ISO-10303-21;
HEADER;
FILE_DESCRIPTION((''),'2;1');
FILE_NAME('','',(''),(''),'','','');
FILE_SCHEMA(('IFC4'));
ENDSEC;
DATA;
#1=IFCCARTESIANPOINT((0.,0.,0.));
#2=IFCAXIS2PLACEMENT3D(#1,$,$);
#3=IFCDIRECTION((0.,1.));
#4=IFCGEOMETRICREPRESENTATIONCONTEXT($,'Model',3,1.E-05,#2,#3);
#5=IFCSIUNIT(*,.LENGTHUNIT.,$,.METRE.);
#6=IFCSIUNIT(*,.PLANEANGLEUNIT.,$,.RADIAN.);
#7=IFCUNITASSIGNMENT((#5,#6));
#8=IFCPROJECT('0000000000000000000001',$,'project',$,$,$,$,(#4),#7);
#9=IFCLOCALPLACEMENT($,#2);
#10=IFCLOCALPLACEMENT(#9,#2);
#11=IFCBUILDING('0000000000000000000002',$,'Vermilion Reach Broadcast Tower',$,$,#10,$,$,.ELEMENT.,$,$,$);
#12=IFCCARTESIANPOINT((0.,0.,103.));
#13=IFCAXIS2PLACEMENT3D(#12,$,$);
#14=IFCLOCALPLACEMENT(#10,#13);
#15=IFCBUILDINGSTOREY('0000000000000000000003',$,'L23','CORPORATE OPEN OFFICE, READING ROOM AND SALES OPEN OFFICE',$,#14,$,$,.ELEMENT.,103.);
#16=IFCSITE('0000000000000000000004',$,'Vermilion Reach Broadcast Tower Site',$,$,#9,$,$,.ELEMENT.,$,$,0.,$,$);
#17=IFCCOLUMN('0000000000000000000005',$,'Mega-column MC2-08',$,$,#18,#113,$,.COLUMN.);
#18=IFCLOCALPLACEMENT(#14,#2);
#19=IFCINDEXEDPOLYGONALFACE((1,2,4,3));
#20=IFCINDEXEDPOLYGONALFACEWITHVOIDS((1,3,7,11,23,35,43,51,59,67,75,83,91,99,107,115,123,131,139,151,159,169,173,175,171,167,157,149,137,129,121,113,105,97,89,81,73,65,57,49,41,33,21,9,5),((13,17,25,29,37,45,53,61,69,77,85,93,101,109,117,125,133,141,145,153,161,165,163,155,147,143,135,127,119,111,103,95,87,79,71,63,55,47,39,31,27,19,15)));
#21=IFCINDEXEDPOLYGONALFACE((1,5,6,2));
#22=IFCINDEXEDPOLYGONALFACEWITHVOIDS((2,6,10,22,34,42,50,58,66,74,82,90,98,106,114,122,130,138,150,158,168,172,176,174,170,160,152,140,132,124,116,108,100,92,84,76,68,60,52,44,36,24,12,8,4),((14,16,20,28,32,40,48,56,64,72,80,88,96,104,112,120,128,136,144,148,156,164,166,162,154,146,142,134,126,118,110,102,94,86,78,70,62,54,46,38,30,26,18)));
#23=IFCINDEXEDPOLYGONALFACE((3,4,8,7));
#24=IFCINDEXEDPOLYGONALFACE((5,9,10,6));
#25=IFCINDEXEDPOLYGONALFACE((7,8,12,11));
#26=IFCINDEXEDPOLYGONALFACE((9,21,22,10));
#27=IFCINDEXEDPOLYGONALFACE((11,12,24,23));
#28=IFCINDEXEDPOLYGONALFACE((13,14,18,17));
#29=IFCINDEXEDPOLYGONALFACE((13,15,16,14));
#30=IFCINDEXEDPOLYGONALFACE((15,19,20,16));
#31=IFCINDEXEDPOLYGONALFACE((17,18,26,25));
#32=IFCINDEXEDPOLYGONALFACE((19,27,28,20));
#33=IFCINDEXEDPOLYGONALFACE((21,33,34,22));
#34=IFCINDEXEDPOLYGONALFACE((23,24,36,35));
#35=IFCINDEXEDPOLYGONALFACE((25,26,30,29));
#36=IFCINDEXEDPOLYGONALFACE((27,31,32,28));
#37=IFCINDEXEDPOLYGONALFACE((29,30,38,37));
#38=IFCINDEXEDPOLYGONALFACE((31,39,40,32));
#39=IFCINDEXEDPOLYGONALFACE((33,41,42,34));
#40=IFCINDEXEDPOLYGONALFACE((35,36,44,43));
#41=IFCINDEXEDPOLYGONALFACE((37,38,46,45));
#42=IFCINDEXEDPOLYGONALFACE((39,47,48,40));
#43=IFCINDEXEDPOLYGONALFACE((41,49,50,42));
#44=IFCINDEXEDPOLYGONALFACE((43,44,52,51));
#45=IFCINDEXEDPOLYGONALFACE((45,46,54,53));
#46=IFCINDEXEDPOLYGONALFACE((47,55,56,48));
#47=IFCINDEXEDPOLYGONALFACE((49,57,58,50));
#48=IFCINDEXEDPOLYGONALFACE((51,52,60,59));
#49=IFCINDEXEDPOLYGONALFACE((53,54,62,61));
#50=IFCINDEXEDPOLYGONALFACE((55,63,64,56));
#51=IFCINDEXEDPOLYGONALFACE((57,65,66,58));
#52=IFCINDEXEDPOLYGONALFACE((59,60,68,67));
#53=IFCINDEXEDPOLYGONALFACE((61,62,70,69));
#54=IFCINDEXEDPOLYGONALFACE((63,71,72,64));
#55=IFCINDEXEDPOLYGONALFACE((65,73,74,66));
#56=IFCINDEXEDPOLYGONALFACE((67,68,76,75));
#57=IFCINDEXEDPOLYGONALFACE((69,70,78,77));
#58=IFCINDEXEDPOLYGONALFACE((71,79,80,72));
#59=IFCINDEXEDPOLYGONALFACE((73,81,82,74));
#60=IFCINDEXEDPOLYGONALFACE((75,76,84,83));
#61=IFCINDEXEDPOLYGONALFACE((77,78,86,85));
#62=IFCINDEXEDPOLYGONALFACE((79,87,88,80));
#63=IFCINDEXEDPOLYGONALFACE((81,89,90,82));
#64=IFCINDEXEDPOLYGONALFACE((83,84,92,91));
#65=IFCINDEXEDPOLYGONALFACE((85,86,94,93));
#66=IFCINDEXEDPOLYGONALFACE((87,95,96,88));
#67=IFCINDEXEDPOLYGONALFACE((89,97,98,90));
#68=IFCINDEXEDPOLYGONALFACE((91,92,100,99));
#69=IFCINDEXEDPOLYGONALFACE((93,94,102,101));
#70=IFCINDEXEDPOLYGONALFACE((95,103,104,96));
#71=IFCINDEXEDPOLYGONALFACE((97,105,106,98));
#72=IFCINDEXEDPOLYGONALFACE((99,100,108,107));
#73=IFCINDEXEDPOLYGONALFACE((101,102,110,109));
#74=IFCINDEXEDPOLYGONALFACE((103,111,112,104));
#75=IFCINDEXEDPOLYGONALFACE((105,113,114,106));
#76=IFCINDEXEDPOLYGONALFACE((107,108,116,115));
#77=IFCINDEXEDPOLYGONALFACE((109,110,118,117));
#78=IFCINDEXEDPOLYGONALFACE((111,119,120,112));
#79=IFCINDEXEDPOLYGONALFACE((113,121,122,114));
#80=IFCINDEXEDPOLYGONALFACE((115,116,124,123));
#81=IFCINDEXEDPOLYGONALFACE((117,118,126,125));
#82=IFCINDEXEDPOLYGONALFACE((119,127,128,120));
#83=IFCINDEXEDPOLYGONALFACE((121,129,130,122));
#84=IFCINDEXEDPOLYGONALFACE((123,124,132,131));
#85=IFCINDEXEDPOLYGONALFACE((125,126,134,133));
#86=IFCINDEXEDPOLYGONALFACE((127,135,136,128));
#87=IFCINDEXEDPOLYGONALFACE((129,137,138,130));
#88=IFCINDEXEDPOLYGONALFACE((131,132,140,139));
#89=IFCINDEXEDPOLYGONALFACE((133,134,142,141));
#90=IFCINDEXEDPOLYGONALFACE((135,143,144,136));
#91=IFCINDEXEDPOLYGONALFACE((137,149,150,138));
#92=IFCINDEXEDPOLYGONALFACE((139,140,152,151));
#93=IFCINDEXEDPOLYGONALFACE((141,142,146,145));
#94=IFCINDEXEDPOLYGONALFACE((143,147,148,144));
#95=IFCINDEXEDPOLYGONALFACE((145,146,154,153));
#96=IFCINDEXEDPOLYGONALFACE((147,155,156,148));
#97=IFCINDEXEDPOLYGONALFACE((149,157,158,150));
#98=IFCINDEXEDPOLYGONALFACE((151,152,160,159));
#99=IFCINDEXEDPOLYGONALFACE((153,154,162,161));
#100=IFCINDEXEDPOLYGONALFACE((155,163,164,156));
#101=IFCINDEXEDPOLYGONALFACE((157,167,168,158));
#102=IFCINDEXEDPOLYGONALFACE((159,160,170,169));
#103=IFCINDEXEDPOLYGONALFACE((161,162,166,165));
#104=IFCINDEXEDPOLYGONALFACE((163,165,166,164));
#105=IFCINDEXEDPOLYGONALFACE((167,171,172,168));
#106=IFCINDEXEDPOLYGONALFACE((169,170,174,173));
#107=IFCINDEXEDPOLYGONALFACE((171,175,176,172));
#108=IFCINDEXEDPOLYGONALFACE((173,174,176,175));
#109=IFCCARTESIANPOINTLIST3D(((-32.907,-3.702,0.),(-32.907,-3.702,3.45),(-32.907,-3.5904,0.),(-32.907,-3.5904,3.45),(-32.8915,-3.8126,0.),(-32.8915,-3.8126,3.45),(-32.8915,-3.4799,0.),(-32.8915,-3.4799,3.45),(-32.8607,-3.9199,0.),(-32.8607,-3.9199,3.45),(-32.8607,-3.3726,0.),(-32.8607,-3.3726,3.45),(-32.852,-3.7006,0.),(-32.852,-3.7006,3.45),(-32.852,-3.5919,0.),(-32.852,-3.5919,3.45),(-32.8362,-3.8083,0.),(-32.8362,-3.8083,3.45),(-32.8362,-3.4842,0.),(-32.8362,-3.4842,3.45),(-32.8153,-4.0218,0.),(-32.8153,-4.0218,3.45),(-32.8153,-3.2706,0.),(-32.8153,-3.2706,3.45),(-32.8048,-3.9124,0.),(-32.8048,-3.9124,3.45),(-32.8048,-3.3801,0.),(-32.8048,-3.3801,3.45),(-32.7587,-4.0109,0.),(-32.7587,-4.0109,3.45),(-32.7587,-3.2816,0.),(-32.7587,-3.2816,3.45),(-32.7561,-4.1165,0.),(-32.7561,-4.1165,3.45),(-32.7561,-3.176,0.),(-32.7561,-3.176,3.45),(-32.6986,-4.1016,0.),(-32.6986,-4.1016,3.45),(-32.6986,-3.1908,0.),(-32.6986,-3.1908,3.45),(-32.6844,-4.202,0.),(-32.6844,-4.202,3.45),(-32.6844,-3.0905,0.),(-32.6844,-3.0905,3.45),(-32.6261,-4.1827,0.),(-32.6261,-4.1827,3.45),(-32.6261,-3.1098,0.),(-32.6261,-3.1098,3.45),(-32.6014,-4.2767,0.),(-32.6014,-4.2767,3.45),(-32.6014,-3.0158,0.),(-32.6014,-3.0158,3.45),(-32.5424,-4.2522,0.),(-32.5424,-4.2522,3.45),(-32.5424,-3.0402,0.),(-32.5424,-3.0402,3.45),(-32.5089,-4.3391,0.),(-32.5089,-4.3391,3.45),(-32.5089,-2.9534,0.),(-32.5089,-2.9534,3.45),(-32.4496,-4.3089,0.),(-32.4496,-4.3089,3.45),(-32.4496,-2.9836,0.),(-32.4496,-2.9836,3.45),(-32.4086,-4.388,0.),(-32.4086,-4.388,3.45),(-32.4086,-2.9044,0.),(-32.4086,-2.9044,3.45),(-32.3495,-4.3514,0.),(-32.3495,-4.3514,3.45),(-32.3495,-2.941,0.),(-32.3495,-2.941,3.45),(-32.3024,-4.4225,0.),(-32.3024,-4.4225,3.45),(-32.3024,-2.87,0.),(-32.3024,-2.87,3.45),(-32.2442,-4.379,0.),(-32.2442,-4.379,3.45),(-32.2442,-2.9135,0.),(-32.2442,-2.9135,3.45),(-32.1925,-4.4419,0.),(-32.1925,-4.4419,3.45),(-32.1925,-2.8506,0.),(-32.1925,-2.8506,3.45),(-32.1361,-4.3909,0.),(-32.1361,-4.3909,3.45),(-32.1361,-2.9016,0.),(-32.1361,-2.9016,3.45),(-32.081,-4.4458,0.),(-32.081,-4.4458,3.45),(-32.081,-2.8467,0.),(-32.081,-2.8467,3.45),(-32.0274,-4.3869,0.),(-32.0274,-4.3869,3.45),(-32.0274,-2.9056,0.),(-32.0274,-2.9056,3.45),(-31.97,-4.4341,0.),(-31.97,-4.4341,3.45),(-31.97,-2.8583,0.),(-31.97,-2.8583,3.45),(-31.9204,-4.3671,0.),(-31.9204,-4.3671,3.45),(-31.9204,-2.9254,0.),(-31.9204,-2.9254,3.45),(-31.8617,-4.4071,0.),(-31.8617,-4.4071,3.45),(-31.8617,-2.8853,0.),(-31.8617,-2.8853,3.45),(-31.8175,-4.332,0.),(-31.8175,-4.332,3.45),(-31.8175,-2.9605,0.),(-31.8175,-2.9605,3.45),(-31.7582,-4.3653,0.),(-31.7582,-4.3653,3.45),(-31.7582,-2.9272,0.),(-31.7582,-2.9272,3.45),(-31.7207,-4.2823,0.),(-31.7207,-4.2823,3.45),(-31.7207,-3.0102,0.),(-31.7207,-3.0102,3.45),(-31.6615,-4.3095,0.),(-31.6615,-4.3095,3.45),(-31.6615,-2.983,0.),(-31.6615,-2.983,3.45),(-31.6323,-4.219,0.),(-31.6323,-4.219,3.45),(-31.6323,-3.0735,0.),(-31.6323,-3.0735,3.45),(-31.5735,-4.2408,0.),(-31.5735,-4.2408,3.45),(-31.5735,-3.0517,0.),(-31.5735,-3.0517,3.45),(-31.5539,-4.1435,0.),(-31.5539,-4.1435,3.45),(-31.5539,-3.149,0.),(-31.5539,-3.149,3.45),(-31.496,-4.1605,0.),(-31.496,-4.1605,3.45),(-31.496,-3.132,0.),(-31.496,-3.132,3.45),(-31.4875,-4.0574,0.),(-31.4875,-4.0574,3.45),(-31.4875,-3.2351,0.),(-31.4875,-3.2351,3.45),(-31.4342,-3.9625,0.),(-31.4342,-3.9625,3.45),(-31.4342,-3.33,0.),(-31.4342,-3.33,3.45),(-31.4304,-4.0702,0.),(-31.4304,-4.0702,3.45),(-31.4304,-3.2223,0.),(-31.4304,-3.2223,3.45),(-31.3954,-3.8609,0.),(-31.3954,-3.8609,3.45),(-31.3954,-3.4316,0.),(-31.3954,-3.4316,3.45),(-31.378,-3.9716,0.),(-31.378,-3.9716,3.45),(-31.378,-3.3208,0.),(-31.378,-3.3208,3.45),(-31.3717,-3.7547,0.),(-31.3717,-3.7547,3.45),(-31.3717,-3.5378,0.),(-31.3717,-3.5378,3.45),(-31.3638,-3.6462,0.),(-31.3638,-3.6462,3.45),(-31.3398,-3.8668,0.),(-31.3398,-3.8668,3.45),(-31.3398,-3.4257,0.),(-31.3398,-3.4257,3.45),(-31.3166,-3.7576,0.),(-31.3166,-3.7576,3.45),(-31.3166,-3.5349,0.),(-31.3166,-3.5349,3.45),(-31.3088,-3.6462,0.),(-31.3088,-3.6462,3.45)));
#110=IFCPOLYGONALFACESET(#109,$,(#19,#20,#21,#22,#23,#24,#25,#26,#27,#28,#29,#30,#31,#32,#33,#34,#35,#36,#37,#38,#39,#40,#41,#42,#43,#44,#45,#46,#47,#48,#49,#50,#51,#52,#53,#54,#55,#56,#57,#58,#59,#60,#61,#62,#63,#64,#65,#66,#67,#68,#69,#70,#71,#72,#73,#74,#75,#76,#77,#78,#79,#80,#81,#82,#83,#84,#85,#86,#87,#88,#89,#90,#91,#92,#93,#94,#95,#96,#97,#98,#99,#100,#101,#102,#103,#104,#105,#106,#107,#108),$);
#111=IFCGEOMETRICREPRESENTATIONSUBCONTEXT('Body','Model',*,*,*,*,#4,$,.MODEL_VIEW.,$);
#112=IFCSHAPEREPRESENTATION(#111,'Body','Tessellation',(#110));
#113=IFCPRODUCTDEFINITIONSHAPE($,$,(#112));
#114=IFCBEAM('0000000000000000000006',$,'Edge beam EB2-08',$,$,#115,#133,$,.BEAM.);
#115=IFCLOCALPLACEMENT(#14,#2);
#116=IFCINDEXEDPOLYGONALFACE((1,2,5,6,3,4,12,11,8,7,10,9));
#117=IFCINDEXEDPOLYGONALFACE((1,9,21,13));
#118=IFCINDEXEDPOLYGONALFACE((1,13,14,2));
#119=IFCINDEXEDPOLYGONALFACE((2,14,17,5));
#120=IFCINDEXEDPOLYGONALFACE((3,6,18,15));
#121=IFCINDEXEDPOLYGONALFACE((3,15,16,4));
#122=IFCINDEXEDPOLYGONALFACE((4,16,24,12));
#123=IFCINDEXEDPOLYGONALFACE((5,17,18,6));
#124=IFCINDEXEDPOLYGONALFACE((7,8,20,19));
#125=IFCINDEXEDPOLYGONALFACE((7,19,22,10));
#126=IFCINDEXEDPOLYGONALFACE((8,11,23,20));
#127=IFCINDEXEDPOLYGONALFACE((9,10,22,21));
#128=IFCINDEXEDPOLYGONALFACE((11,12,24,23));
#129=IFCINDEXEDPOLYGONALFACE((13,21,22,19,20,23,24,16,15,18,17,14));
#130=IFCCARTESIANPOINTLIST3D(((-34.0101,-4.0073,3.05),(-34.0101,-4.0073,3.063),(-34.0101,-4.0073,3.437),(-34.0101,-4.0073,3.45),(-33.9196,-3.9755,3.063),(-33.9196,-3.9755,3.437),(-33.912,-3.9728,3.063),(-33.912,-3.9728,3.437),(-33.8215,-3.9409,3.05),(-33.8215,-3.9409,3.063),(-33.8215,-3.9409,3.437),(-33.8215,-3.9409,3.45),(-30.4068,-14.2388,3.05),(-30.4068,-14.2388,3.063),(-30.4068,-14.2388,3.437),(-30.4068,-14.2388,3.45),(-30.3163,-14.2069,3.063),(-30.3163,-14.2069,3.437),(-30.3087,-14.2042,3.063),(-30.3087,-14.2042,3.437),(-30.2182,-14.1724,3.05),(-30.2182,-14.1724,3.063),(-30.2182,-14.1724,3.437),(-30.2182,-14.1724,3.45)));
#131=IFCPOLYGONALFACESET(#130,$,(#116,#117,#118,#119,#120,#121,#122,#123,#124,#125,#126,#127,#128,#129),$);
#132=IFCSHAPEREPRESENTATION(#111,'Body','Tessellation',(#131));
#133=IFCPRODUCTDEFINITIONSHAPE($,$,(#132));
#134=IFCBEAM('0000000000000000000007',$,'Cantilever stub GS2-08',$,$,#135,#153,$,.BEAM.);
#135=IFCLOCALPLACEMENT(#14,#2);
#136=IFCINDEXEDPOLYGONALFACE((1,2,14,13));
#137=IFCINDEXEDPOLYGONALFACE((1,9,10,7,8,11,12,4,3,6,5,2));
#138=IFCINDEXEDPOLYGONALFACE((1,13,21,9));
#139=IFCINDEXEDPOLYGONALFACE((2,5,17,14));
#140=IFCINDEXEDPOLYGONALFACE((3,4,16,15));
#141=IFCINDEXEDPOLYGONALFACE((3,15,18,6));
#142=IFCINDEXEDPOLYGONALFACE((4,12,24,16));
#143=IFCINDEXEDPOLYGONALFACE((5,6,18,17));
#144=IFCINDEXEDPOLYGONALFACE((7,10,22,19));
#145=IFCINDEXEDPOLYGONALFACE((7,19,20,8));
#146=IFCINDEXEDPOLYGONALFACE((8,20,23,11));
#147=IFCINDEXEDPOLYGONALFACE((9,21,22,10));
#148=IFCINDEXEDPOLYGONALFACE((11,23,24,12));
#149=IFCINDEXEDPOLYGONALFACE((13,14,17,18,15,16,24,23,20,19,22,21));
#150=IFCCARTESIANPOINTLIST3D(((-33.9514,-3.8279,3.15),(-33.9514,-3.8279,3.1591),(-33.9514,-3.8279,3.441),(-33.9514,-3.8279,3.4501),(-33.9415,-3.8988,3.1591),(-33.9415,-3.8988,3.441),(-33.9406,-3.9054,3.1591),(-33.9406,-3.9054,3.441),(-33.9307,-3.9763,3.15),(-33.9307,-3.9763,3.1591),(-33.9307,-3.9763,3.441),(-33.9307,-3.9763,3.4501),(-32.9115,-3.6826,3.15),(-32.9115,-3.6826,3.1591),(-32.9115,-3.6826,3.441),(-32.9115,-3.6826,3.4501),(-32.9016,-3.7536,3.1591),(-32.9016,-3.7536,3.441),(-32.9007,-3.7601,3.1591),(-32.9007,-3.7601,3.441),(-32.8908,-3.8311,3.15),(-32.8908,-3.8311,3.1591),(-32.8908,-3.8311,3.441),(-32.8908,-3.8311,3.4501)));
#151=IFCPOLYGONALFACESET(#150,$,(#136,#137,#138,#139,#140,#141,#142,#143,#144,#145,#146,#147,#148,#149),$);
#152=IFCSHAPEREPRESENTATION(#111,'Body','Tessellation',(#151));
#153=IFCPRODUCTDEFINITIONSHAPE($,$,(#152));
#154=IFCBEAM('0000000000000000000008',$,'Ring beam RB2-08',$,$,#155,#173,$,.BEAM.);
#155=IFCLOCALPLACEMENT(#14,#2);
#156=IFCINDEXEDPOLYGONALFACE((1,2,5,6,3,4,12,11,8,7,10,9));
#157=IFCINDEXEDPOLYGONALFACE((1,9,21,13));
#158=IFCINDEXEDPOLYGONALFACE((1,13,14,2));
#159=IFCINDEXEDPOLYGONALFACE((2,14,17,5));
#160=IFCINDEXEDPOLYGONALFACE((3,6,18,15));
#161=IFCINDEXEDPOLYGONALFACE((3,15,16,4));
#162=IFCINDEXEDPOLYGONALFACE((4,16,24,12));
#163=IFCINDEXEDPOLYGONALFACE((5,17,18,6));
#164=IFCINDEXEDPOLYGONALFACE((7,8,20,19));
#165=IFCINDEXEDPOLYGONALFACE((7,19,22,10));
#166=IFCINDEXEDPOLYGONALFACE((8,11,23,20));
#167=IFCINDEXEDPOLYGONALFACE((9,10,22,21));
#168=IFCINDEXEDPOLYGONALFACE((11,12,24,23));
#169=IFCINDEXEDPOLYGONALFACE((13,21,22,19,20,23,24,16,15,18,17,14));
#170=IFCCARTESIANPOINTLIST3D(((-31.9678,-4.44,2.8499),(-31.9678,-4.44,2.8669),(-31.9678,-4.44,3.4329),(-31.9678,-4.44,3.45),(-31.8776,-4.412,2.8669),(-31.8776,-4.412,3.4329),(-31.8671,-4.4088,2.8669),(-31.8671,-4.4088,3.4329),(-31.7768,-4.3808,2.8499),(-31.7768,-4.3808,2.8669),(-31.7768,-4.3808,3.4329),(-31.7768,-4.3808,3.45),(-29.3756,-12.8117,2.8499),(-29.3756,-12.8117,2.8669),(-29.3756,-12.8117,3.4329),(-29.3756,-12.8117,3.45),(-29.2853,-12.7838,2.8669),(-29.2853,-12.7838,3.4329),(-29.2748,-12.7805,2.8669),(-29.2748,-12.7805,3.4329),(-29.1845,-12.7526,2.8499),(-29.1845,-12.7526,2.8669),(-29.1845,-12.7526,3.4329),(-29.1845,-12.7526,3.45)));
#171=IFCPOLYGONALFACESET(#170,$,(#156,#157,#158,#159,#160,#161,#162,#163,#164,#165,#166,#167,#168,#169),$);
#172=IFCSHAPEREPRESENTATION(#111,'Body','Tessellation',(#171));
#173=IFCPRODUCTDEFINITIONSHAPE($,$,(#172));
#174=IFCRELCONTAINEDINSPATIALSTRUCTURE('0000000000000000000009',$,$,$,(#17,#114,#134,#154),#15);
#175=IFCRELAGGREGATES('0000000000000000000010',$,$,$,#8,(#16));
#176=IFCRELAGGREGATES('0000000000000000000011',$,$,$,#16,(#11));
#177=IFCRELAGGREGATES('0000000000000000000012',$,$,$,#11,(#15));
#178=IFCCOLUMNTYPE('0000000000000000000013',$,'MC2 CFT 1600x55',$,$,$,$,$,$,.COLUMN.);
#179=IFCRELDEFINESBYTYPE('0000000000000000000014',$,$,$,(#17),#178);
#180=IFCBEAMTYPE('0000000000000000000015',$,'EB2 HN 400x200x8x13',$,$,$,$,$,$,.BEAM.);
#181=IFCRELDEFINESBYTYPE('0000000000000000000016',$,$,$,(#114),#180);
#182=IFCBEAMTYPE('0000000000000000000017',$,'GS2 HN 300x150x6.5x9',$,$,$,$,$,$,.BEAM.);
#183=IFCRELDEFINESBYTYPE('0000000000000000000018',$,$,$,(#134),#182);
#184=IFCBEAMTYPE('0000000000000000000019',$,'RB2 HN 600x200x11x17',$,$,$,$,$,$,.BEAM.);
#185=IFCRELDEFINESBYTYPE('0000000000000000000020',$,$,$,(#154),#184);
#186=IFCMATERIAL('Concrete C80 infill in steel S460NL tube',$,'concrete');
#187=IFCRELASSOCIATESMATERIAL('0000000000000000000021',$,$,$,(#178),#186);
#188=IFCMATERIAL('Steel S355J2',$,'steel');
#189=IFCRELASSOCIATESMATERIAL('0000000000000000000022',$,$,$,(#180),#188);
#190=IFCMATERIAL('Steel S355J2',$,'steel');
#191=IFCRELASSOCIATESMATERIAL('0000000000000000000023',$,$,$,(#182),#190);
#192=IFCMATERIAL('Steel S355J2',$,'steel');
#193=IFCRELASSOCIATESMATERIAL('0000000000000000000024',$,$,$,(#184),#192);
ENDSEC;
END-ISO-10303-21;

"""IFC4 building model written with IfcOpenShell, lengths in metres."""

from ifc_helpers import new_model, si_unit, direction, frame, origin, origin_2d, place, context, subcontext, project, spatial, hollow_circle, i_section, extrude, material, material_profile, profile_set, type_object, element, save


model = new_model("IFC4")

# Units and contexts
model_context = context("Model", 3, precision=1e-05, world=origin(), true_north=direction((0.0, 1.0)))
body_context = subcontext(model_context, "Body", "Model", "MODEL_VIEW")
ifc_project = project(units=[si_unit("LENGTHUNIT", "METRE"), si_unit("PLANEANGLEUNIT", "RADIAN")], contexts=[model_context])

# Site, building, storey
site_placement = place(None, origin())
site = spatial("IfcSite", under=ifc_project, at=site_placement, Name="Vermilion Reach Broadcast Tower Site", CompositionType="ELEMENT", RefElevation=0.0)
building_placement = place(site_placement, origin())
building = spatial("IfcBuilding", under=site, at=building_placement, Name="Vermilion Reach Broadcast Tower", CompositionType="ELEMENT")
storey_placement = place(building_placement, frame((0.0, 0.0, 103.0)))
storey = spatial("IfcBuildingStorey", under=building, at=storey_placement, Name="L23", Description="CORPORATE OPEN OFFICE, READING ROOM AND SALES OPEN OFFICE", CompositionType="ELEMENT", Elevation=103.0)

# Column
ifc_material_1 = material(Name="Concrete C80 infill in steel S460NL tube", Category="concrete")
ifc_material_profile_1 = material_profile(ifc_material_1, hollow_circle(Radius=0.8, WallThickness=0.0549, at=origin_2d()), Name="Concrete C80 infill in steel S460NL tube CFT 1600x55")
ifc_profile_set_1 = profile_set([ifc_material_profile_1], Name="Concrete C80 infill in steel S460NL tube")
column_type = type_object("IfcColumnType", Name="MC2 CFT 1600x55", PredefinedType="COLUMN", material=ifc_profile_set_1)
column_placement = place(storey_placement, frame((-32.1089, -3.6462, 0.0), z_axis=(0.0, 0.0, 1.0), x_axis=(1.0, 0.0, 0.0)))
element("IfcColumn", 1, at=column_placement, inside=storey, type_object=column_type, Name="Mega-column MC2-08", PredefinedType="COLUMN", context=body_context, shape_type="SweptSolid", body=[
    extrude(hollow_circle(Radius=0.8, WallThickness=0.0549, at=origin_2d()), origin(), (0.0, 0.0, 1.0), 3.45),
])

# Beams
ifc_material_2 = material(Name="Steel S355J2", Category="steel")
ifc_material_profile_2 = material_profile(ifc_material_2, i_section(OverallWidth=0.2, OverallDepth=0.3999, WebThickness=0.0081, FlangeThickness=0.0129, at=origin_2d()), Name="S355J2 HN 400x200x8x13")
ifc_profile_set_2 = profile_set([ifc_material_profile_2], Name="Steel S355J2")
beam_type_1 = type_object("IfcBeamType", Name="EB2 HN 400x200x8x13", PredefinedType="BEAM", material=ifc_profile_set_2)
beam_1_placement = place(storey_placement, frame((-33.9158, -3.9741, 3.25), z_axis=(0.332178, -0.943217, 0.0), x_axis=(0.943217, 0.332178, 0.0)))
element("IfcBeam", 2, at=beam_1_placement, inside=storey, type_object=beam_type_1, Name="Edge beam EB2-08", PredefinedType="BEAM", context=body_context, shape_type="SweptSolid", body=[
    extrude(i_section(OverallWidth=0.2, OverallDepth=0.3999, WebThickness=0.0081, FlangeThickness=0.0129, at=origin_2d()), origin(), (0.0, 0.0, 1.0), 10.8474),
])
ifc_material_3 = material(Name="Steel S355J2", Category="steel")
ifc_material_profile_3 = material_profile(ifc_material_3, i_section(OverallWidth=0.1499, OverallDepth=0.3, WebThickness=0.0066, FlangeThickness=0.009, at=origin_2d()), Name="S355J2 HN 300x150x6.5x9")
ifc_profile_set_3 = profile_set([ifc_material_profile_3], Name="Steel S355J2")
beam_type_2 = type_object("IfcBeamType", Name="GS2 HN 300x150x6.5x9", PredefinedType="BEAM", material=ifc_profile_set_3)
beam_2_placement = place(storey_placement, frame((-32.9011, -3.7568, 3.3), z_axis=(-0.990386, -0.138329, 0.0), x_axis=(0.138329, -0.990386, 0.0)))
element("IfcBeam", 3, at=beam_2_placement, inside=storey, type_object=beam_type_2, Name="Cantilever stub GS2-08", PredefinedType="BEAM", context=body_context, shape_type="SweptSolid", body=[
    extrude(i_section(OverallWidth=0.1499, OverallDepth=0.3, WebThickness=0.0066, FlangeThickness=0.009, at=origin_2d()), origin(), (0.0, 0.0, 1.0), 1.05),
])
ifc_material_4 = material(Name="Steel S355J2", Category="steel")
ifc_material_profile_4 = material_profile(ifc_material_4, i_section(OverallWidth=0.2, OverallDepth=0.6001, WebThickness=0.011, FlangeThickness=0.0171, at=origin_2d()), Name="S355J2 HN 600x200x11x17")
ifc_profile_set_4 = profile_set([ifc_material_profile_4], Name="Steel S355J2")
beam_type_3 = type_object("IfcBeamType", Name="RB2 HN 600x200x11x17", PredefinedType="BEAM", material=ifc_profile_set_4)
beam_3_placement = place(storey_placement, frame((-31.8723, -4.4104, 3.1499), z_axis=(0.295788, -0.955253, 0.0), x_axis=(0.955253, 0.295788, 0.0)))
element("IfcBeam", 4, at=beam_3_placement, inside=storey, type_object=beam_type_3, Name="Ring beam RB2-08", PredefinedType="BEAM", context=body_context, shape_type="SweptSolid", body=[
    extrude(i_section(OverallWidth=0.2, OverallDepth=0.6001, WebThickness=0.011, FlangeThickness=0.0171, at=origin_2d()), origin(), (0.0, 0.0, 1.0), 8.7639),
])

save(model, "model.ifc")
